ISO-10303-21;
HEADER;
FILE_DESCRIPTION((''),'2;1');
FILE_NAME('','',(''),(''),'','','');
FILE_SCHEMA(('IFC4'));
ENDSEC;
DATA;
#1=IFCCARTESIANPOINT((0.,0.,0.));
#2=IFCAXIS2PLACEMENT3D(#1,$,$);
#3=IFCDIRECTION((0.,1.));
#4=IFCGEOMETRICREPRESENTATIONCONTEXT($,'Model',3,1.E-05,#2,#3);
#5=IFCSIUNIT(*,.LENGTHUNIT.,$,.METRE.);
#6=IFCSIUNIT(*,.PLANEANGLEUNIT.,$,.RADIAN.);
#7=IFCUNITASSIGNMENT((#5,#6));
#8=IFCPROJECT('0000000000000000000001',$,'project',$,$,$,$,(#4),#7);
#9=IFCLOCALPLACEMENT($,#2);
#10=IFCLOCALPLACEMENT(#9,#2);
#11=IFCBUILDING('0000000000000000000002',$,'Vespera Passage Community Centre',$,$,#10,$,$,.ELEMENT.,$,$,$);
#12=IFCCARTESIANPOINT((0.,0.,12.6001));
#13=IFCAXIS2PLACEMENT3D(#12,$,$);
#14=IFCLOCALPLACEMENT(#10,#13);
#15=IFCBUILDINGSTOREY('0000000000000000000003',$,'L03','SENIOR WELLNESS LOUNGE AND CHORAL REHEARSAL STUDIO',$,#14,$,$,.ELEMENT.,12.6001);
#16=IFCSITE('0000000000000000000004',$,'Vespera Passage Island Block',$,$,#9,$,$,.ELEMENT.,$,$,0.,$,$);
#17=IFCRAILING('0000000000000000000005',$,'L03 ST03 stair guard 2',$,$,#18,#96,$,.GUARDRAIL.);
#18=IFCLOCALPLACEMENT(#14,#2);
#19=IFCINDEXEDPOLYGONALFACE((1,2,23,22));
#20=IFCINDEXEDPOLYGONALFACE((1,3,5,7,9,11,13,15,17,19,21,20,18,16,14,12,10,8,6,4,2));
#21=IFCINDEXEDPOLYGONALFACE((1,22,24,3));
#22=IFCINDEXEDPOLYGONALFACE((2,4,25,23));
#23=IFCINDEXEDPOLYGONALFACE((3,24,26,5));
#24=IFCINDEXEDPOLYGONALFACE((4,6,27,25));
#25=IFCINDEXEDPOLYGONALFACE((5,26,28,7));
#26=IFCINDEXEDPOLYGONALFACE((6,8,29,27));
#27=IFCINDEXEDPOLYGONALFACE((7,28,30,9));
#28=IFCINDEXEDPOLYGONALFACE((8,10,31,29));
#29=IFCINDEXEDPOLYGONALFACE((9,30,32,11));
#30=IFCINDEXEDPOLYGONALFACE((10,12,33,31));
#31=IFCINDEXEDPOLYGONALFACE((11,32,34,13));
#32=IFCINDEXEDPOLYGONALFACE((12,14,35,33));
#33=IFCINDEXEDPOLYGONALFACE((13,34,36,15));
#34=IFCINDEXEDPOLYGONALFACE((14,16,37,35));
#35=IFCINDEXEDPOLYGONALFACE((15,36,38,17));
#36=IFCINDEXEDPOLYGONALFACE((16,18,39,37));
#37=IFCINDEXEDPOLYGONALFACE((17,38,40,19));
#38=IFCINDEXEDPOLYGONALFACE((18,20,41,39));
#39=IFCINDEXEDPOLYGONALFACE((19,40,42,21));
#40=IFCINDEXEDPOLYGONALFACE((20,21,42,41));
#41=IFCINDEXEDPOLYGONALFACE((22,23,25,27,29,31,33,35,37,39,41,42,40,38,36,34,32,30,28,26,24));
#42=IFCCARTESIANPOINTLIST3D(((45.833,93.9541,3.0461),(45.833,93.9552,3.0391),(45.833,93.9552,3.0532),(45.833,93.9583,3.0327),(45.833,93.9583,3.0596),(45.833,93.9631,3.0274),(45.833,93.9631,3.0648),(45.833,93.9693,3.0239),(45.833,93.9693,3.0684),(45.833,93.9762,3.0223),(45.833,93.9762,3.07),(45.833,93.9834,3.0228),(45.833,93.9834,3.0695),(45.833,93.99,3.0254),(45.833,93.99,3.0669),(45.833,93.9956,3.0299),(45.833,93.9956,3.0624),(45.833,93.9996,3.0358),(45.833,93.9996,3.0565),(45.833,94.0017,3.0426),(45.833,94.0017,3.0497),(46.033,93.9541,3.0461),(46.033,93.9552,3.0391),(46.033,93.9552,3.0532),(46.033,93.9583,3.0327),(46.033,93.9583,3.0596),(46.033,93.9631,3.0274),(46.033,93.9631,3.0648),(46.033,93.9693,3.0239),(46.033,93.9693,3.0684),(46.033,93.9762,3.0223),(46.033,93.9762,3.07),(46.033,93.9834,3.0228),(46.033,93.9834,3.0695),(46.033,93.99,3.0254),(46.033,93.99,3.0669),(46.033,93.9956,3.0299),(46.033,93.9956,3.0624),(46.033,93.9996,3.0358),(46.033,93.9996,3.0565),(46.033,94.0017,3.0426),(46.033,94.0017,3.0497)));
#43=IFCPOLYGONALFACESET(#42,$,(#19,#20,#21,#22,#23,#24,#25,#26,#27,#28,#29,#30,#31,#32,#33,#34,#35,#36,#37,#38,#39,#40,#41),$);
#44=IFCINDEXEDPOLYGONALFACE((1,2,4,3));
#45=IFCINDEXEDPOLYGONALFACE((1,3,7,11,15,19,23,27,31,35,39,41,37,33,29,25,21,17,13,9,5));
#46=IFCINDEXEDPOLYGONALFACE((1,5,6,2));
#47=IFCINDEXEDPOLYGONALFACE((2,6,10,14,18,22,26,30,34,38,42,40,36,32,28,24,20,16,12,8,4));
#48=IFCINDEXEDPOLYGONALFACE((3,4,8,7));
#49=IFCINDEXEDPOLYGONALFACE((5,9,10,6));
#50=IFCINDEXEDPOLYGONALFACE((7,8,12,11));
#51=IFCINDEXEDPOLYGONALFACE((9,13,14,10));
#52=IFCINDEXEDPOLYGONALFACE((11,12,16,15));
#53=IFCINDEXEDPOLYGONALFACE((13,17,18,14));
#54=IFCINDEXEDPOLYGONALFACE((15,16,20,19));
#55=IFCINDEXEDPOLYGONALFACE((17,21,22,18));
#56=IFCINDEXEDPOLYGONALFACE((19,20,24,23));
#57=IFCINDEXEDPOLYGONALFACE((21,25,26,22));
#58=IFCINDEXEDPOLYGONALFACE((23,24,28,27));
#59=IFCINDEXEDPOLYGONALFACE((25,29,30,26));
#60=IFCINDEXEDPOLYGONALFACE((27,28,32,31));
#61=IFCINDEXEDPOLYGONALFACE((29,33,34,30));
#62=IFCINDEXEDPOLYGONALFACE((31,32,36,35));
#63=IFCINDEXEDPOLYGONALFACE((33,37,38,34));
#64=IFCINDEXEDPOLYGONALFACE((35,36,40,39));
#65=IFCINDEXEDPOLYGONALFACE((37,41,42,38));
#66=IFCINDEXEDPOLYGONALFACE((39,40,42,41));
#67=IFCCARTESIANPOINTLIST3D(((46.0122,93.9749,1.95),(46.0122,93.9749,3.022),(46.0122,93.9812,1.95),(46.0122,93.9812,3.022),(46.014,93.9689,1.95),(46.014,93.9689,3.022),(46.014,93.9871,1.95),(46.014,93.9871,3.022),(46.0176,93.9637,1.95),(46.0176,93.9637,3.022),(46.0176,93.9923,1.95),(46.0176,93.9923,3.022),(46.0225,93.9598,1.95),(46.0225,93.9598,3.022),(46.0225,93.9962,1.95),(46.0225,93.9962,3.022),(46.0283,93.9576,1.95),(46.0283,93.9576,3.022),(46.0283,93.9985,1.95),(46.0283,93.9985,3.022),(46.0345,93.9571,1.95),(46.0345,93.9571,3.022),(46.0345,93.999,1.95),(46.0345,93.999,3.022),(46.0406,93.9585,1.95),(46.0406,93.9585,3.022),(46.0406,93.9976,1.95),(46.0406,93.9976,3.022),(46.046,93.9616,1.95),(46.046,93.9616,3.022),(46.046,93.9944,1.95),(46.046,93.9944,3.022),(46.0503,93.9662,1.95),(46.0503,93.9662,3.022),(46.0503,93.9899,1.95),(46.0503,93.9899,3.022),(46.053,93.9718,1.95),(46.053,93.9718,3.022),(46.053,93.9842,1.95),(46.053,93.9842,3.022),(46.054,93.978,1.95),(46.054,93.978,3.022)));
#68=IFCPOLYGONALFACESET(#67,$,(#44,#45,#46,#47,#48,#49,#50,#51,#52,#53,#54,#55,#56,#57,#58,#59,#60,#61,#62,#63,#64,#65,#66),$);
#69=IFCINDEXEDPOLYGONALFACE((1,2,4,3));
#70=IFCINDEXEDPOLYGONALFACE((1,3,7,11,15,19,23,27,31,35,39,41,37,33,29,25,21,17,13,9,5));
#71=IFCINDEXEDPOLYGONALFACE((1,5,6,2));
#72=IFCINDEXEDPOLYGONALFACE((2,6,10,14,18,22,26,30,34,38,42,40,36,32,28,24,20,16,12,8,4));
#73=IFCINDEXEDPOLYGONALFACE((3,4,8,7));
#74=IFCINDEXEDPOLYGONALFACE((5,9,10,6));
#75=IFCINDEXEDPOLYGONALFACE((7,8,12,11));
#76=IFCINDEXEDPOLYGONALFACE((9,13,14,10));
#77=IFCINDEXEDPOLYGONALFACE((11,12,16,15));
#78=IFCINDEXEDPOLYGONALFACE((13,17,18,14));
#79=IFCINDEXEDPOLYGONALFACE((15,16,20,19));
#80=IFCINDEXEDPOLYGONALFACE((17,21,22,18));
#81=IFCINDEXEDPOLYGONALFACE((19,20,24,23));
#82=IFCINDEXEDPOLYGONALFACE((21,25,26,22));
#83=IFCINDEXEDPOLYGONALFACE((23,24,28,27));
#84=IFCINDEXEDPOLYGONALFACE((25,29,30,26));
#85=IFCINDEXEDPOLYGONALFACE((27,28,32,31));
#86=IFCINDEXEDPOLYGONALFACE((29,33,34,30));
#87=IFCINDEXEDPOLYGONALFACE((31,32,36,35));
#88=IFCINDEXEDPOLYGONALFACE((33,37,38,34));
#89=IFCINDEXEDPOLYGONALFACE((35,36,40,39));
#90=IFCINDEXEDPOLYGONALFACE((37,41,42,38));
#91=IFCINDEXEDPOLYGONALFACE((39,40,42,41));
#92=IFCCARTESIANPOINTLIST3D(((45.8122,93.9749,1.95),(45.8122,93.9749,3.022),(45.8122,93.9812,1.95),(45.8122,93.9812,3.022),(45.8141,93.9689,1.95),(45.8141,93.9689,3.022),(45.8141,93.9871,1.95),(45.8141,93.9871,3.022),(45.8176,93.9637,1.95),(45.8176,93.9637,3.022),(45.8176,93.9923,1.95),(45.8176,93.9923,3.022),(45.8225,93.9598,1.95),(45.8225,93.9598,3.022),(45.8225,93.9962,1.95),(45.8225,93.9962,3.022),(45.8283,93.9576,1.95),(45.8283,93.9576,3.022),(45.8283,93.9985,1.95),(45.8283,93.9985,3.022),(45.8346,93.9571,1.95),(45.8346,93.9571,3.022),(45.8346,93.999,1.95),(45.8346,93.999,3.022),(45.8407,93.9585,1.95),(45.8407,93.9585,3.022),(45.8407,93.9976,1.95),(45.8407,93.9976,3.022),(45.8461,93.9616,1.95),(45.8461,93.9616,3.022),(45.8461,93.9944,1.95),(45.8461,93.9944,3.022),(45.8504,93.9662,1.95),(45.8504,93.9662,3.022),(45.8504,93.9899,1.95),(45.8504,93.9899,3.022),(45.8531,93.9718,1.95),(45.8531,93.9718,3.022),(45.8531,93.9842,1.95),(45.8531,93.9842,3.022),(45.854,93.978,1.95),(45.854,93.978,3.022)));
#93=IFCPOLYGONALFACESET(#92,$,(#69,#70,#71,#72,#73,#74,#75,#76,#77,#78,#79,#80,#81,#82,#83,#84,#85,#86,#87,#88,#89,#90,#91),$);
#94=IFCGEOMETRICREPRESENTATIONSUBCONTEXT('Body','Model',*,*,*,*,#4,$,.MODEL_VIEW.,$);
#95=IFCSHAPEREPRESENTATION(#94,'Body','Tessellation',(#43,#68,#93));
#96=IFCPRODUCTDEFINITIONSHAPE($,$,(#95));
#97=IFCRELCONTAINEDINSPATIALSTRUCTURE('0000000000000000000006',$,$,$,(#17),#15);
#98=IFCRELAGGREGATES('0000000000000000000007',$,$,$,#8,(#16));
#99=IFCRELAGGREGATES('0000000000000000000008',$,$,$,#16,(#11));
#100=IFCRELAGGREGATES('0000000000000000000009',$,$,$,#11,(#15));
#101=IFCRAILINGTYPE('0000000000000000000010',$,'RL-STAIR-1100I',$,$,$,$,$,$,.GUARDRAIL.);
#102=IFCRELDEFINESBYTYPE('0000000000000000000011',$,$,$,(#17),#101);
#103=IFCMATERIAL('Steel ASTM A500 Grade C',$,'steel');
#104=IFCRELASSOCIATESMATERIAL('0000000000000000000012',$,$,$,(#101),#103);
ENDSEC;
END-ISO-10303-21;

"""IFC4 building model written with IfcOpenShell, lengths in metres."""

from ifc_helpers import new_model, si_unit, direction, frame, origin, origin_2d, place, context, subcontext, project, spatial, circle, extrude, material, type_object, element, save


model = new_model("IFC4")

# Units and contexts
model_context = context("Model", 3, precision=1e-05, world=origin(), true_north=direction((0.0, 1.0)))
body_context = subcontext(model_context, "Body", "Model", "MODEL_VIEW")
ifc_project = project(units=[si_unit("LENGTHUNIT", "METRE"), si_unit("PLANEANGLEUNIT", "RADIAN")], contexts=[model_context])

# Site, building, storey
site_placement = place(None, origin())
site = spatial("IfcSite", under=ifc_project, at=site_placement, Name="Vespera Passage Island Block", CompositionType="ELEMENT", RefElevation=0.0)
building_placement = place(site_placement, origin())
building = spatial("IfcBuilding", under=site, at=building_placement, Name="Vespera Passage Community Centre", CompositionType="ELEMENT")
storey_placement = place(building_placement, frame((0.0, 0.0, 12.6001)))
storey = spatial("IfcBuildingStorey", under=building, at=storey_placement, Name="L03", Description="SENIOR WELLNESS LOUNGE AND CHORAL REHEARSAL STUDIO", CompositionType="ELEMENT", Elevation=12.6001)

# Railing
ifc_material_1 = material(Name="Steel ASTM A500 Grade C", Category="steel")
railing_type_1 = type_object("IfcRailingType", Name="RL-STAIR-1100I", PredefinedType="GUARDRAIL", material=ifc_material_1)
railing_1_placement = place(storey_placement, frame((46.033, 93.978, 1.95)))
element("IfcRailing", 1, at=railing_1_placement, inside=storey, type_object=railing_type_1, Name="L03 ST03 stair guard 2", PredefinedType="GUARDRAIL", context=body_context, shape_type="SweptSolid", body=[
    extrude(circle(Radius=0.0239, at=origin_2d()), frame((0.0, 0.0, 1.0962), z_axis=(-1.0, 0.0, 0.0), x_axis=(0.0, -1.0, 0.0)), (0.0, 0.0, 1.0), 0.2),
    extrude(circle(Radius=0.021, at=origin_2d()), origin(), (0.0, 0.0, 1.0), 1.072),
    extrude(circle(Radius=0.021, at=origin_2d()), frame((-0.2, 0.0, 0.0)), (0.0, 0.0, 1.0), 1.072),
])

save(model, "model.ifc")
